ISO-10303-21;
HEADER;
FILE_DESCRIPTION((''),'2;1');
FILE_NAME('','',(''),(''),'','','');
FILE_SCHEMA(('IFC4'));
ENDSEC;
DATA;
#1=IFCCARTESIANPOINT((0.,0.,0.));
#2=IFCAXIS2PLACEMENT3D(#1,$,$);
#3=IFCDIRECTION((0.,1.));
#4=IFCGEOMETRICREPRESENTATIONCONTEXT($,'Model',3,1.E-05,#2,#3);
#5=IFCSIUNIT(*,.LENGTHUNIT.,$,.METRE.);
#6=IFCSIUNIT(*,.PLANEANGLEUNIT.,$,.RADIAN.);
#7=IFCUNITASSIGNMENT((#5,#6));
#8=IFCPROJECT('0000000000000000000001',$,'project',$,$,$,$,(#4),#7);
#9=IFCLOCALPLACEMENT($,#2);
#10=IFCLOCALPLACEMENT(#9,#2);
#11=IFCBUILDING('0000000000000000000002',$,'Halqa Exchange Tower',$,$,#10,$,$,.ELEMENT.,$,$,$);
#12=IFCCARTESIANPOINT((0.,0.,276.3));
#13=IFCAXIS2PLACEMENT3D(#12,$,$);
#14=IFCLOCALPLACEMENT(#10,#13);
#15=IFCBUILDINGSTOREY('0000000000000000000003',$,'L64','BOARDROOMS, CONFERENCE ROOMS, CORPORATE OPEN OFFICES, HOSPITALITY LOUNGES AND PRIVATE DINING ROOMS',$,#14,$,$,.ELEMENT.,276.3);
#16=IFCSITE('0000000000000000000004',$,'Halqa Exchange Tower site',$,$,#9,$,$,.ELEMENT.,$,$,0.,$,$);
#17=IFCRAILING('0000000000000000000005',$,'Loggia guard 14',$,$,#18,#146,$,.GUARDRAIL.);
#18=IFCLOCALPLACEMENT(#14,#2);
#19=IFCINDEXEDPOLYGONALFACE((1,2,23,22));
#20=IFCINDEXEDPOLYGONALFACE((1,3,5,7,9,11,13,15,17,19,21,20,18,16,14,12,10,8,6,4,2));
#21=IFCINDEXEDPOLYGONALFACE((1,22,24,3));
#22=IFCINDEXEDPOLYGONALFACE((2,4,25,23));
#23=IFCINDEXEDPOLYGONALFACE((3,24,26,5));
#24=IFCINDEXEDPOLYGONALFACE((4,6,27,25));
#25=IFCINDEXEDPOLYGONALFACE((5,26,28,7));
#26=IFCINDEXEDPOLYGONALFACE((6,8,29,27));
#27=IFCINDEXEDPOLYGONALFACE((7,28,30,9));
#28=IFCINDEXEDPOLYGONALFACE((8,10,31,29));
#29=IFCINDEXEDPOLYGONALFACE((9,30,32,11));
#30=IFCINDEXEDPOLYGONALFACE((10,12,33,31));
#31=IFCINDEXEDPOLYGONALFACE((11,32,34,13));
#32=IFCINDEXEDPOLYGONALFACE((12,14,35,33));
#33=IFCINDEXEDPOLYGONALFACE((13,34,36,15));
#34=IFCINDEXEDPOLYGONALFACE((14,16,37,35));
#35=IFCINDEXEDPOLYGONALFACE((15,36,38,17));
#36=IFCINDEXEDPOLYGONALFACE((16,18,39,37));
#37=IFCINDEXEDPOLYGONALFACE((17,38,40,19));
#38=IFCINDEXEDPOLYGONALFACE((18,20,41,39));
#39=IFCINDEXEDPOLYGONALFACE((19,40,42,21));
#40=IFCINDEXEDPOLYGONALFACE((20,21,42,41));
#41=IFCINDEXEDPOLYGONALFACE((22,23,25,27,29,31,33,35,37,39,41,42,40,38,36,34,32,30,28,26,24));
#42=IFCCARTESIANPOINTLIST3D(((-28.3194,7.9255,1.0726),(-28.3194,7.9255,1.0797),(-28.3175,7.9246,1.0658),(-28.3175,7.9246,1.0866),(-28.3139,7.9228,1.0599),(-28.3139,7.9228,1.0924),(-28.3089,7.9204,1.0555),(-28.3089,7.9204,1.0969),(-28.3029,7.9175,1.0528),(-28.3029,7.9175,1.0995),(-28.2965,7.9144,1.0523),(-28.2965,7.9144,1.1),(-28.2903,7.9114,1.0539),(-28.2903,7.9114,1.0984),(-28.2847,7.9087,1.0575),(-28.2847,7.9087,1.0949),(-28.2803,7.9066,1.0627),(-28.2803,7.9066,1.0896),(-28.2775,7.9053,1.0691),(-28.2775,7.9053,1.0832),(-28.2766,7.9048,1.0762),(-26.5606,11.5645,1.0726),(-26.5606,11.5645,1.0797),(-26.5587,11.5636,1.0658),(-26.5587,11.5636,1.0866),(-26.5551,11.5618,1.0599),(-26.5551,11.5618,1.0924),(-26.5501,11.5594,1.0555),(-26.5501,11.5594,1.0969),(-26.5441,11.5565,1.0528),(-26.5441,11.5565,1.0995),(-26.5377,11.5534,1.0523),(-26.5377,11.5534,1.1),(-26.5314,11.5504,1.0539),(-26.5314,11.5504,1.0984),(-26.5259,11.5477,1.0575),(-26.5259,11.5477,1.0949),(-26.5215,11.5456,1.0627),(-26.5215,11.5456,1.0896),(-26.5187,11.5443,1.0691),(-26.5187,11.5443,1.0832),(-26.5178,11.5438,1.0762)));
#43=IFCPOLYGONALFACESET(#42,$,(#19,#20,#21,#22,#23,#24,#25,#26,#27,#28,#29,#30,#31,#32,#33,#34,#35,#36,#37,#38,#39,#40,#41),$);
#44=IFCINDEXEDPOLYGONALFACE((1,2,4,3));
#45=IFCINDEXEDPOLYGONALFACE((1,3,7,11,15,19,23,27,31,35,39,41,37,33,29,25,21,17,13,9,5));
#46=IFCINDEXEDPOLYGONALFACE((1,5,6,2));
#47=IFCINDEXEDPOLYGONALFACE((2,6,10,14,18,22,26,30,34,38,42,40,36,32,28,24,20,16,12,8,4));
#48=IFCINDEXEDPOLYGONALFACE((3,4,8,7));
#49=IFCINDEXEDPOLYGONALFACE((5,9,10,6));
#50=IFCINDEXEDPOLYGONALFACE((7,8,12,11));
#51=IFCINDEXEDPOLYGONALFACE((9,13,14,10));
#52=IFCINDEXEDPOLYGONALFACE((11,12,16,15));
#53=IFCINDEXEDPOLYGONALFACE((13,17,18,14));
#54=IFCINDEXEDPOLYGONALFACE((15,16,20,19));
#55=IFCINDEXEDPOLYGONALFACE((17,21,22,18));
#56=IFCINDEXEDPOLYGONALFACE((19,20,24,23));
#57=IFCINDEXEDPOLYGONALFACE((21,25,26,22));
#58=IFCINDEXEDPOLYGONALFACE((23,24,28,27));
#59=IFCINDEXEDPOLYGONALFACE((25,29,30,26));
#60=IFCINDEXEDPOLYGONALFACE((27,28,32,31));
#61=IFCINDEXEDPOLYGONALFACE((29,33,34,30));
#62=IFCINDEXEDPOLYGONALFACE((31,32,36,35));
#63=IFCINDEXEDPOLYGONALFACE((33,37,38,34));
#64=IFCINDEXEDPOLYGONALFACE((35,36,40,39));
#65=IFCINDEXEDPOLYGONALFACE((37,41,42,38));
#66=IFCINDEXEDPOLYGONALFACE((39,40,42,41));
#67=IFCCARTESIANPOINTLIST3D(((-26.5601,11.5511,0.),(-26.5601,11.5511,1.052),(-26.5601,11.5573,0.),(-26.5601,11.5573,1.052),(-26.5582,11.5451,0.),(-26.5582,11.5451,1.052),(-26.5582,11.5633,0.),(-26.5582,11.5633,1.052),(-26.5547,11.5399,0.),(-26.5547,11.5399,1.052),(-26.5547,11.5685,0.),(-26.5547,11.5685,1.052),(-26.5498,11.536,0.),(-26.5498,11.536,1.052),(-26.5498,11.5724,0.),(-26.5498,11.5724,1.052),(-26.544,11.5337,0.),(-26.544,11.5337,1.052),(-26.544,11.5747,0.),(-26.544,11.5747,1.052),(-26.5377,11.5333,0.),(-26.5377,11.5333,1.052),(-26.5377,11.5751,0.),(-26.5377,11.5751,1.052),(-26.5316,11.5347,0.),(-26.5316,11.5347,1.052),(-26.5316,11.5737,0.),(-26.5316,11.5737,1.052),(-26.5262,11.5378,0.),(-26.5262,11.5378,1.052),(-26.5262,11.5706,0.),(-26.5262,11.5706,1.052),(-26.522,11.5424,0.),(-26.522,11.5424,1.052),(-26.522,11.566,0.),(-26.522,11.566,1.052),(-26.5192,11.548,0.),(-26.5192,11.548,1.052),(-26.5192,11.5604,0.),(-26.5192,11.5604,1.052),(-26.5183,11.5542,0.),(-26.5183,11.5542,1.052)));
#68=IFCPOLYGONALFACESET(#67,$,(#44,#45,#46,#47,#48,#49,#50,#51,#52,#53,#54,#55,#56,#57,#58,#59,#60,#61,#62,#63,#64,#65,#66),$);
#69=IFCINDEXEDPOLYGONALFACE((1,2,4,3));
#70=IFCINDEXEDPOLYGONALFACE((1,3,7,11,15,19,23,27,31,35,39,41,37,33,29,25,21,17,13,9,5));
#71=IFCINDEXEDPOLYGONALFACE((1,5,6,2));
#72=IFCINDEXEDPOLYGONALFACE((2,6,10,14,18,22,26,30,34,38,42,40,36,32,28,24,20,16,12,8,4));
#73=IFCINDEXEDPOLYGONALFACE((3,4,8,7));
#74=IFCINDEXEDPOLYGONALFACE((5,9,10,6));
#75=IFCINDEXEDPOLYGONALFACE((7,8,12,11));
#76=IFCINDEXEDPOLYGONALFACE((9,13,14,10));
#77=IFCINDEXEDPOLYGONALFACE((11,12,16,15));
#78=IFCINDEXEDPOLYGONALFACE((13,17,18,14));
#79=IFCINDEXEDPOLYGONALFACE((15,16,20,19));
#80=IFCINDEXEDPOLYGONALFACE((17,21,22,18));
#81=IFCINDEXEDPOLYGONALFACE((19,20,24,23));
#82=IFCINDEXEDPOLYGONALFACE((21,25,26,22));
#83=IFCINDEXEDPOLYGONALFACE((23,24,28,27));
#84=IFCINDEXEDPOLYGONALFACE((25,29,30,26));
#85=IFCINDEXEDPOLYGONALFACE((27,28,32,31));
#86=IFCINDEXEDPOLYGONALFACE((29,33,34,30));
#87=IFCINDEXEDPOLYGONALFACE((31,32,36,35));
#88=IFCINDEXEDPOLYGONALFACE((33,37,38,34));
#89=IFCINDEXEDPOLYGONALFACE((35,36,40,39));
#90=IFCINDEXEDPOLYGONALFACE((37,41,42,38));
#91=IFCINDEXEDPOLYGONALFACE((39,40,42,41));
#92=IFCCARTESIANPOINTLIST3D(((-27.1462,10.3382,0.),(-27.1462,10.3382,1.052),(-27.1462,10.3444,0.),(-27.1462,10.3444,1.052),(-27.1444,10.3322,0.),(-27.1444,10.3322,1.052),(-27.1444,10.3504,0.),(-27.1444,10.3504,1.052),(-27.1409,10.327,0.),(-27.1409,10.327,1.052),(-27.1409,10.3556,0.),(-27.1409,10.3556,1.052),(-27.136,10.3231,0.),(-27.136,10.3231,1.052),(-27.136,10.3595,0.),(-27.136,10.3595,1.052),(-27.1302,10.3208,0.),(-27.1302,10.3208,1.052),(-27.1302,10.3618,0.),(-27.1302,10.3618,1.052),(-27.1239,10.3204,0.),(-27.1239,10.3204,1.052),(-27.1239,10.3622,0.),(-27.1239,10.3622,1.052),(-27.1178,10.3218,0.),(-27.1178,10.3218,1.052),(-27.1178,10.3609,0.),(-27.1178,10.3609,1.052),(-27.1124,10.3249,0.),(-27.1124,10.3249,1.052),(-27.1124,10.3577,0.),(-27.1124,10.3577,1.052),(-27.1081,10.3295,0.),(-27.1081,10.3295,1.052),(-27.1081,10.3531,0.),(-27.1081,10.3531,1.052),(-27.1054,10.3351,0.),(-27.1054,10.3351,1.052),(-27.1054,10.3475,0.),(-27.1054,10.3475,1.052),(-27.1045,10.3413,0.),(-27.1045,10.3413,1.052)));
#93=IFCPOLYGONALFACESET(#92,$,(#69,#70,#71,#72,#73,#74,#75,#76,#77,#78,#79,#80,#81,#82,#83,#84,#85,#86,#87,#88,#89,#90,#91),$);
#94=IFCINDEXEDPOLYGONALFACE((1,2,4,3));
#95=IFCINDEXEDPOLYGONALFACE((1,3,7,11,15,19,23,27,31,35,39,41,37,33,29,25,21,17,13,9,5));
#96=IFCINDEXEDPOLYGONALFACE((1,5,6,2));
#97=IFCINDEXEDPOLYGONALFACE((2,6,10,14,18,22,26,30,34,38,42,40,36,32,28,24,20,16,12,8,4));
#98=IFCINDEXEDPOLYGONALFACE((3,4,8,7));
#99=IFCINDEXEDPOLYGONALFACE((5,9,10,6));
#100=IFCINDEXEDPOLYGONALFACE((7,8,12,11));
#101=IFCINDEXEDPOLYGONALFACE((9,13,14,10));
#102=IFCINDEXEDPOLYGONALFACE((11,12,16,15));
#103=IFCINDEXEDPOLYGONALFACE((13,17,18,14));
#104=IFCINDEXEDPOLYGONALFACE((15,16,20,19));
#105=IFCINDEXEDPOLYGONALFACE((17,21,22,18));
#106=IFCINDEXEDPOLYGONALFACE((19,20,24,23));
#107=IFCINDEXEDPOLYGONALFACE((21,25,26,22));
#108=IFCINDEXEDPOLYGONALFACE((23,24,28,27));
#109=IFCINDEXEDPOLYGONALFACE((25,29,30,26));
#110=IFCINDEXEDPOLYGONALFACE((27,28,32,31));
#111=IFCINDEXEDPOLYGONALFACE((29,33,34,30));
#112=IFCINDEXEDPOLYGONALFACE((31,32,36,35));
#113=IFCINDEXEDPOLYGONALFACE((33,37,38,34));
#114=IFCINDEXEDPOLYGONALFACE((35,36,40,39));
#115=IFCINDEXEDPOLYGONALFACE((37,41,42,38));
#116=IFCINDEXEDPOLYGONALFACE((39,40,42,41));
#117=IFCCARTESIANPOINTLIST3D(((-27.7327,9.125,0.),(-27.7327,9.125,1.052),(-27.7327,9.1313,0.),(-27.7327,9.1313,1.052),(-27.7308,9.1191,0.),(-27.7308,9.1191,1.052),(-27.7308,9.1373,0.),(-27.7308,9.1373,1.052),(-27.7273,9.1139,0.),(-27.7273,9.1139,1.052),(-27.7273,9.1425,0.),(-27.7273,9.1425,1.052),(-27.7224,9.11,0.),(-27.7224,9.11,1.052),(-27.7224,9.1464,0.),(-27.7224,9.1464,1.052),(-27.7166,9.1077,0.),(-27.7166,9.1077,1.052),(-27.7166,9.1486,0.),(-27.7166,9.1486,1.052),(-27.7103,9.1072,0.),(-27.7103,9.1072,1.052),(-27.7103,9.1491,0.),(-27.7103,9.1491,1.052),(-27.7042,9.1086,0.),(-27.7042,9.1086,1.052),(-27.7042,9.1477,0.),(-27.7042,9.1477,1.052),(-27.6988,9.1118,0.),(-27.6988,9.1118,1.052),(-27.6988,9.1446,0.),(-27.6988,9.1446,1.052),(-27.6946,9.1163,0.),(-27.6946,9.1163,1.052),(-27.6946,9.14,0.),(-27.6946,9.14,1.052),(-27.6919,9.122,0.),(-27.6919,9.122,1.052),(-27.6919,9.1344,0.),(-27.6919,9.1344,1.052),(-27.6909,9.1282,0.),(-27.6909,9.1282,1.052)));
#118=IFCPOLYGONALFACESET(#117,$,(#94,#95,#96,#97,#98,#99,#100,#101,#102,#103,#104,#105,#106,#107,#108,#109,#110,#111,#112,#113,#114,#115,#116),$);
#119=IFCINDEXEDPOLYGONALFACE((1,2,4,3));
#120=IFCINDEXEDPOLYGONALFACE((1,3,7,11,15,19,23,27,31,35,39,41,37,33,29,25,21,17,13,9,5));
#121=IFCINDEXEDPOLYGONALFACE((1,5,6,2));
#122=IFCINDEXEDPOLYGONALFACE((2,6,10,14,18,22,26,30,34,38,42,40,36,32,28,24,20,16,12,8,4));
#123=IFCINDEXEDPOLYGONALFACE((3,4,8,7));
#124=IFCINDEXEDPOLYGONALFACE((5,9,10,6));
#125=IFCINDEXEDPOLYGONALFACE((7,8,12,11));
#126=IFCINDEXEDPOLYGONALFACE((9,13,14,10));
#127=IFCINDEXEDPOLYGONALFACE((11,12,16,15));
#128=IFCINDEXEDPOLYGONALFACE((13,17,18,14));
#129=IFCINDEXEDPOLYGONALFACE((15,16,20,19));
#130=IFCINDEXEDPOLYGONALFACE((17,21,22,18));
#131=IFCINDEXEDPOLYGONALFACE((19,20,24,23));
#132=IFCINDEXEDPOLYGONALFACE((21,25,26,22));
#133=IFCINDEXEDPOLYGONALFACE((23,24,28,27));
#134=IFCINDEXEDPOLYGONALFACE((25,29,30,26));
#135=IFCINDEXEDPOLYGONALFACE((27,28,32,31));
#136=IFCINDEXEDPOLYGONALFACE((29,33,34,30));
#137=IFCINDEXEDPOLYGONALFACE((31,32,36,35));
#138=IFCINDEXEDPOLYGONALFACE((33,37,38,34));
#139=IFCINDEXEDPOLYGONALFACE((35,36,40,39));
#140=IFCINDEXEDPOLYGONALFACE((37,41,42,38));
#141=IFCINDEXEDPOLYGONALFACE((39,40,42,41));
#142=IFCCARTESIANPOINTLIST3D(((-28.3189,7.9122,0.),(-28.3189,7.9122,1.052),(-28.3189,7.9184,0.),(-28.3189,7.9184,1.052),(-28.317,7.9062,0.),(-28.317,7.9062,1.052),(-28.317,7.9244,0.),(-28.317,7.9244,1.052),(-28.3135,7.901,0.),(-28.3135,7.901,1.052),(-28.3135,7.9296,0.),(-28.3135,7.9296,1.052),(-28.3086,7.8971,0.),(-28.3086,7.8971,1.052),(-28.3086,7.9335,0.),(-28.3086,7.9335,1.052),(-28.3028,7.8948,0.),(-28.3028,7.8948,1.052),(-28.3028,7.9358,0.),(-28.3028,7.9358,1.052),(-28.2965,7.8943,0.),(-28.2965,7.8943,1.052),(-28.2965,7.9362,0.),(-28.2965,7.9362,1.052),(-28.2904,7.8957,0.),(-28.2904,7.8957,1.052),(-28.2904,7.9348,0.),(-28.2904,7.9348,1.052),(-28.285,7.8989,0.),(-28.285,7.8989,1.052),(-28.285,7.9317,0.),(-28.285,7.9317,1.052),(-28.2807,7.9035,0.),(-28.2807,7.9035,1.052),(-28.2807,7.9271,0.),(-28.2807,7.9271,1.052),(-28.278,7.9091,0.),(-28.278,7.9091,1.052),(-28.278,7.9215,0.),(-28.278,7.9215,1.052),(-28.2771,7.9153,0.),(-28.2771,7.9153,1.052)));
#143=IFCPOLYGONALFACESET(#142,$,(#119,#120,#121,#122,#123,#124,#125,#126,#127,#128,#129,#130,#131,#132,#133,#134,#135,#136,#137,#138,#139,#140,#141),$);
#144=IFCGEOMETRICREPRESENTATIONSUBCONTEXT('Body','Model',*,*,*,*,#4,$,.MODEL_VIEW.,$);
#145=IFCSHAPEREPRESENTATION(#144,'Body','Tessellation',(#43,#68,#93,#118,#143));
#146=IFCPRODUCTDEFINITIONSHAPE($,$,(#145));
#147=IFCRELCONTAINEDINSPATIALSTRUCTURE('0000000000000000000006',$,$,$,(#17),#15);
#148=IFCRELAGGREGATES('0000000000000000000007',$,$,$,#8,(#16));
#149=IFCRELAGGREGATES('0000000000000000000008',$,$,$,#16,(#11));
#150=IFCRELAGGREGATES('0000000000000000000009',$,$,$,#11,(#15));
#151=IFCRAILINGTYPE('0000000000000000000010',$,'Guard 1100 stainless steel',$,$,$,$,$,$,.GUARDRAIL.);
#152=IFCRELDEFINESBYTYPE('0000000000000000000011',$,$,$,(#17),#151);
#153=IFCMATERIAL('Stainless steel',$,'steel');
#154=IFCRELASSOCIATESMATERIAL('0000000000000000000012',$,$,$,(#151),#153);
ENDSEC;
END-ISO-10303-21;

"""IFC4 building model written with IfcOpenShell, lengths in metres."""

from ifc_helpers import new_model, si_unit, direction, frame, origin, origin_2d, place, context, subcontext, project, spatial, circle, extrude, material, type_object, element, save


model = new_model("IFC4")

# Units and contexts
model_context = context("Model", 3, precision=1e-05, world=origin(), true_north=direction((0.0, 1.0)))
body_context = subcontext(model_context, "Body", "Model", "MODEL_VIEW")
ifc_project = project(units=[si_unit("LENGTHUNIT", "METRE"), si_unit("PLANEANGLEUNIT", "RADIAN")], contexts=[model_context])

# Site, building, storey
site_placement = place(None, origin())
site = spatial("IfcSite", under=ifc_project, at=site_placement, Name="Halqa Exchange Tower site", CompositionType="ELEMENT", RefElevation=0.0)
building_placement = place(site_placement, origin())
building = spatial("IfcBuilding", under=site, at=building_placement, Name="Halqa Exchange Tower", CompositionType="ELEMENT")
storey_placement = place(building_placement, frame((0.0, 0.0, 276.3)))
storey = spatial("IfcBuildingStorey", under=building, at=storey_placement, Name="L64", Description="BOARDROOMS, CONFERENCE ROOMS, CORPORATE OPEN OFFICES, HOSPITALITY LOUNGES AND PRIVATE DINING ROOMS", CompositionType="ELEMENT", Elevation=276.3)

# Railing
ifc_material_1 = material(Name="Stainless steel", Category="steel")
railing_type = type_object("IfcRailingType", Name="Guard 1100 stainless steel", PredefinedType="GUARDRAIL", material=ifc_material_1)
railing_1_placement = place(storey_placement, frame((-26.5393, 11.5542, 0.0)))
element("IfcRailing", 1, at=railing_1_placement, inside=storey, type_object=railing_type, Name="Loggia guard 14", PredefinedType="GUARDRAIL", context=body_context, shape_type="SweptSolid", body=[
    extrude(circle(Radius=0.0239, at=origin_2d()), frame((0.0, 0.0, 1.0762), z_axis=(-0.435165, -0.900351, 0.0), x_axis=(0.900351, -0.435165, 0.0)), (0.0, 0.0, 1.0), 4.0417),
    extrude(circle(Radius=0.021, at=origin_2d()), origin(), (0.0, 0.0, 1.0), 1.052),
    extrude(circle(Radius=0.021, at=origin_2d()), frame((-0.5862, -1.2129, 0.0)), (0.0, 0.0, 1.0), 1.052),
    extrude(circle(Radius=0.021, at=origin_2d()), frame((-1.1726, -2.426, 0.0)), (0.0, 0.0, 1.0), 1.052),
    extrude(circle(Radius=0.021, at=origin_2d()), frame((-1.7588, -3.6389, 0.0)), (0.0, 0.0, 1.0), 1.052),
])

save(model, "model.ifc")
